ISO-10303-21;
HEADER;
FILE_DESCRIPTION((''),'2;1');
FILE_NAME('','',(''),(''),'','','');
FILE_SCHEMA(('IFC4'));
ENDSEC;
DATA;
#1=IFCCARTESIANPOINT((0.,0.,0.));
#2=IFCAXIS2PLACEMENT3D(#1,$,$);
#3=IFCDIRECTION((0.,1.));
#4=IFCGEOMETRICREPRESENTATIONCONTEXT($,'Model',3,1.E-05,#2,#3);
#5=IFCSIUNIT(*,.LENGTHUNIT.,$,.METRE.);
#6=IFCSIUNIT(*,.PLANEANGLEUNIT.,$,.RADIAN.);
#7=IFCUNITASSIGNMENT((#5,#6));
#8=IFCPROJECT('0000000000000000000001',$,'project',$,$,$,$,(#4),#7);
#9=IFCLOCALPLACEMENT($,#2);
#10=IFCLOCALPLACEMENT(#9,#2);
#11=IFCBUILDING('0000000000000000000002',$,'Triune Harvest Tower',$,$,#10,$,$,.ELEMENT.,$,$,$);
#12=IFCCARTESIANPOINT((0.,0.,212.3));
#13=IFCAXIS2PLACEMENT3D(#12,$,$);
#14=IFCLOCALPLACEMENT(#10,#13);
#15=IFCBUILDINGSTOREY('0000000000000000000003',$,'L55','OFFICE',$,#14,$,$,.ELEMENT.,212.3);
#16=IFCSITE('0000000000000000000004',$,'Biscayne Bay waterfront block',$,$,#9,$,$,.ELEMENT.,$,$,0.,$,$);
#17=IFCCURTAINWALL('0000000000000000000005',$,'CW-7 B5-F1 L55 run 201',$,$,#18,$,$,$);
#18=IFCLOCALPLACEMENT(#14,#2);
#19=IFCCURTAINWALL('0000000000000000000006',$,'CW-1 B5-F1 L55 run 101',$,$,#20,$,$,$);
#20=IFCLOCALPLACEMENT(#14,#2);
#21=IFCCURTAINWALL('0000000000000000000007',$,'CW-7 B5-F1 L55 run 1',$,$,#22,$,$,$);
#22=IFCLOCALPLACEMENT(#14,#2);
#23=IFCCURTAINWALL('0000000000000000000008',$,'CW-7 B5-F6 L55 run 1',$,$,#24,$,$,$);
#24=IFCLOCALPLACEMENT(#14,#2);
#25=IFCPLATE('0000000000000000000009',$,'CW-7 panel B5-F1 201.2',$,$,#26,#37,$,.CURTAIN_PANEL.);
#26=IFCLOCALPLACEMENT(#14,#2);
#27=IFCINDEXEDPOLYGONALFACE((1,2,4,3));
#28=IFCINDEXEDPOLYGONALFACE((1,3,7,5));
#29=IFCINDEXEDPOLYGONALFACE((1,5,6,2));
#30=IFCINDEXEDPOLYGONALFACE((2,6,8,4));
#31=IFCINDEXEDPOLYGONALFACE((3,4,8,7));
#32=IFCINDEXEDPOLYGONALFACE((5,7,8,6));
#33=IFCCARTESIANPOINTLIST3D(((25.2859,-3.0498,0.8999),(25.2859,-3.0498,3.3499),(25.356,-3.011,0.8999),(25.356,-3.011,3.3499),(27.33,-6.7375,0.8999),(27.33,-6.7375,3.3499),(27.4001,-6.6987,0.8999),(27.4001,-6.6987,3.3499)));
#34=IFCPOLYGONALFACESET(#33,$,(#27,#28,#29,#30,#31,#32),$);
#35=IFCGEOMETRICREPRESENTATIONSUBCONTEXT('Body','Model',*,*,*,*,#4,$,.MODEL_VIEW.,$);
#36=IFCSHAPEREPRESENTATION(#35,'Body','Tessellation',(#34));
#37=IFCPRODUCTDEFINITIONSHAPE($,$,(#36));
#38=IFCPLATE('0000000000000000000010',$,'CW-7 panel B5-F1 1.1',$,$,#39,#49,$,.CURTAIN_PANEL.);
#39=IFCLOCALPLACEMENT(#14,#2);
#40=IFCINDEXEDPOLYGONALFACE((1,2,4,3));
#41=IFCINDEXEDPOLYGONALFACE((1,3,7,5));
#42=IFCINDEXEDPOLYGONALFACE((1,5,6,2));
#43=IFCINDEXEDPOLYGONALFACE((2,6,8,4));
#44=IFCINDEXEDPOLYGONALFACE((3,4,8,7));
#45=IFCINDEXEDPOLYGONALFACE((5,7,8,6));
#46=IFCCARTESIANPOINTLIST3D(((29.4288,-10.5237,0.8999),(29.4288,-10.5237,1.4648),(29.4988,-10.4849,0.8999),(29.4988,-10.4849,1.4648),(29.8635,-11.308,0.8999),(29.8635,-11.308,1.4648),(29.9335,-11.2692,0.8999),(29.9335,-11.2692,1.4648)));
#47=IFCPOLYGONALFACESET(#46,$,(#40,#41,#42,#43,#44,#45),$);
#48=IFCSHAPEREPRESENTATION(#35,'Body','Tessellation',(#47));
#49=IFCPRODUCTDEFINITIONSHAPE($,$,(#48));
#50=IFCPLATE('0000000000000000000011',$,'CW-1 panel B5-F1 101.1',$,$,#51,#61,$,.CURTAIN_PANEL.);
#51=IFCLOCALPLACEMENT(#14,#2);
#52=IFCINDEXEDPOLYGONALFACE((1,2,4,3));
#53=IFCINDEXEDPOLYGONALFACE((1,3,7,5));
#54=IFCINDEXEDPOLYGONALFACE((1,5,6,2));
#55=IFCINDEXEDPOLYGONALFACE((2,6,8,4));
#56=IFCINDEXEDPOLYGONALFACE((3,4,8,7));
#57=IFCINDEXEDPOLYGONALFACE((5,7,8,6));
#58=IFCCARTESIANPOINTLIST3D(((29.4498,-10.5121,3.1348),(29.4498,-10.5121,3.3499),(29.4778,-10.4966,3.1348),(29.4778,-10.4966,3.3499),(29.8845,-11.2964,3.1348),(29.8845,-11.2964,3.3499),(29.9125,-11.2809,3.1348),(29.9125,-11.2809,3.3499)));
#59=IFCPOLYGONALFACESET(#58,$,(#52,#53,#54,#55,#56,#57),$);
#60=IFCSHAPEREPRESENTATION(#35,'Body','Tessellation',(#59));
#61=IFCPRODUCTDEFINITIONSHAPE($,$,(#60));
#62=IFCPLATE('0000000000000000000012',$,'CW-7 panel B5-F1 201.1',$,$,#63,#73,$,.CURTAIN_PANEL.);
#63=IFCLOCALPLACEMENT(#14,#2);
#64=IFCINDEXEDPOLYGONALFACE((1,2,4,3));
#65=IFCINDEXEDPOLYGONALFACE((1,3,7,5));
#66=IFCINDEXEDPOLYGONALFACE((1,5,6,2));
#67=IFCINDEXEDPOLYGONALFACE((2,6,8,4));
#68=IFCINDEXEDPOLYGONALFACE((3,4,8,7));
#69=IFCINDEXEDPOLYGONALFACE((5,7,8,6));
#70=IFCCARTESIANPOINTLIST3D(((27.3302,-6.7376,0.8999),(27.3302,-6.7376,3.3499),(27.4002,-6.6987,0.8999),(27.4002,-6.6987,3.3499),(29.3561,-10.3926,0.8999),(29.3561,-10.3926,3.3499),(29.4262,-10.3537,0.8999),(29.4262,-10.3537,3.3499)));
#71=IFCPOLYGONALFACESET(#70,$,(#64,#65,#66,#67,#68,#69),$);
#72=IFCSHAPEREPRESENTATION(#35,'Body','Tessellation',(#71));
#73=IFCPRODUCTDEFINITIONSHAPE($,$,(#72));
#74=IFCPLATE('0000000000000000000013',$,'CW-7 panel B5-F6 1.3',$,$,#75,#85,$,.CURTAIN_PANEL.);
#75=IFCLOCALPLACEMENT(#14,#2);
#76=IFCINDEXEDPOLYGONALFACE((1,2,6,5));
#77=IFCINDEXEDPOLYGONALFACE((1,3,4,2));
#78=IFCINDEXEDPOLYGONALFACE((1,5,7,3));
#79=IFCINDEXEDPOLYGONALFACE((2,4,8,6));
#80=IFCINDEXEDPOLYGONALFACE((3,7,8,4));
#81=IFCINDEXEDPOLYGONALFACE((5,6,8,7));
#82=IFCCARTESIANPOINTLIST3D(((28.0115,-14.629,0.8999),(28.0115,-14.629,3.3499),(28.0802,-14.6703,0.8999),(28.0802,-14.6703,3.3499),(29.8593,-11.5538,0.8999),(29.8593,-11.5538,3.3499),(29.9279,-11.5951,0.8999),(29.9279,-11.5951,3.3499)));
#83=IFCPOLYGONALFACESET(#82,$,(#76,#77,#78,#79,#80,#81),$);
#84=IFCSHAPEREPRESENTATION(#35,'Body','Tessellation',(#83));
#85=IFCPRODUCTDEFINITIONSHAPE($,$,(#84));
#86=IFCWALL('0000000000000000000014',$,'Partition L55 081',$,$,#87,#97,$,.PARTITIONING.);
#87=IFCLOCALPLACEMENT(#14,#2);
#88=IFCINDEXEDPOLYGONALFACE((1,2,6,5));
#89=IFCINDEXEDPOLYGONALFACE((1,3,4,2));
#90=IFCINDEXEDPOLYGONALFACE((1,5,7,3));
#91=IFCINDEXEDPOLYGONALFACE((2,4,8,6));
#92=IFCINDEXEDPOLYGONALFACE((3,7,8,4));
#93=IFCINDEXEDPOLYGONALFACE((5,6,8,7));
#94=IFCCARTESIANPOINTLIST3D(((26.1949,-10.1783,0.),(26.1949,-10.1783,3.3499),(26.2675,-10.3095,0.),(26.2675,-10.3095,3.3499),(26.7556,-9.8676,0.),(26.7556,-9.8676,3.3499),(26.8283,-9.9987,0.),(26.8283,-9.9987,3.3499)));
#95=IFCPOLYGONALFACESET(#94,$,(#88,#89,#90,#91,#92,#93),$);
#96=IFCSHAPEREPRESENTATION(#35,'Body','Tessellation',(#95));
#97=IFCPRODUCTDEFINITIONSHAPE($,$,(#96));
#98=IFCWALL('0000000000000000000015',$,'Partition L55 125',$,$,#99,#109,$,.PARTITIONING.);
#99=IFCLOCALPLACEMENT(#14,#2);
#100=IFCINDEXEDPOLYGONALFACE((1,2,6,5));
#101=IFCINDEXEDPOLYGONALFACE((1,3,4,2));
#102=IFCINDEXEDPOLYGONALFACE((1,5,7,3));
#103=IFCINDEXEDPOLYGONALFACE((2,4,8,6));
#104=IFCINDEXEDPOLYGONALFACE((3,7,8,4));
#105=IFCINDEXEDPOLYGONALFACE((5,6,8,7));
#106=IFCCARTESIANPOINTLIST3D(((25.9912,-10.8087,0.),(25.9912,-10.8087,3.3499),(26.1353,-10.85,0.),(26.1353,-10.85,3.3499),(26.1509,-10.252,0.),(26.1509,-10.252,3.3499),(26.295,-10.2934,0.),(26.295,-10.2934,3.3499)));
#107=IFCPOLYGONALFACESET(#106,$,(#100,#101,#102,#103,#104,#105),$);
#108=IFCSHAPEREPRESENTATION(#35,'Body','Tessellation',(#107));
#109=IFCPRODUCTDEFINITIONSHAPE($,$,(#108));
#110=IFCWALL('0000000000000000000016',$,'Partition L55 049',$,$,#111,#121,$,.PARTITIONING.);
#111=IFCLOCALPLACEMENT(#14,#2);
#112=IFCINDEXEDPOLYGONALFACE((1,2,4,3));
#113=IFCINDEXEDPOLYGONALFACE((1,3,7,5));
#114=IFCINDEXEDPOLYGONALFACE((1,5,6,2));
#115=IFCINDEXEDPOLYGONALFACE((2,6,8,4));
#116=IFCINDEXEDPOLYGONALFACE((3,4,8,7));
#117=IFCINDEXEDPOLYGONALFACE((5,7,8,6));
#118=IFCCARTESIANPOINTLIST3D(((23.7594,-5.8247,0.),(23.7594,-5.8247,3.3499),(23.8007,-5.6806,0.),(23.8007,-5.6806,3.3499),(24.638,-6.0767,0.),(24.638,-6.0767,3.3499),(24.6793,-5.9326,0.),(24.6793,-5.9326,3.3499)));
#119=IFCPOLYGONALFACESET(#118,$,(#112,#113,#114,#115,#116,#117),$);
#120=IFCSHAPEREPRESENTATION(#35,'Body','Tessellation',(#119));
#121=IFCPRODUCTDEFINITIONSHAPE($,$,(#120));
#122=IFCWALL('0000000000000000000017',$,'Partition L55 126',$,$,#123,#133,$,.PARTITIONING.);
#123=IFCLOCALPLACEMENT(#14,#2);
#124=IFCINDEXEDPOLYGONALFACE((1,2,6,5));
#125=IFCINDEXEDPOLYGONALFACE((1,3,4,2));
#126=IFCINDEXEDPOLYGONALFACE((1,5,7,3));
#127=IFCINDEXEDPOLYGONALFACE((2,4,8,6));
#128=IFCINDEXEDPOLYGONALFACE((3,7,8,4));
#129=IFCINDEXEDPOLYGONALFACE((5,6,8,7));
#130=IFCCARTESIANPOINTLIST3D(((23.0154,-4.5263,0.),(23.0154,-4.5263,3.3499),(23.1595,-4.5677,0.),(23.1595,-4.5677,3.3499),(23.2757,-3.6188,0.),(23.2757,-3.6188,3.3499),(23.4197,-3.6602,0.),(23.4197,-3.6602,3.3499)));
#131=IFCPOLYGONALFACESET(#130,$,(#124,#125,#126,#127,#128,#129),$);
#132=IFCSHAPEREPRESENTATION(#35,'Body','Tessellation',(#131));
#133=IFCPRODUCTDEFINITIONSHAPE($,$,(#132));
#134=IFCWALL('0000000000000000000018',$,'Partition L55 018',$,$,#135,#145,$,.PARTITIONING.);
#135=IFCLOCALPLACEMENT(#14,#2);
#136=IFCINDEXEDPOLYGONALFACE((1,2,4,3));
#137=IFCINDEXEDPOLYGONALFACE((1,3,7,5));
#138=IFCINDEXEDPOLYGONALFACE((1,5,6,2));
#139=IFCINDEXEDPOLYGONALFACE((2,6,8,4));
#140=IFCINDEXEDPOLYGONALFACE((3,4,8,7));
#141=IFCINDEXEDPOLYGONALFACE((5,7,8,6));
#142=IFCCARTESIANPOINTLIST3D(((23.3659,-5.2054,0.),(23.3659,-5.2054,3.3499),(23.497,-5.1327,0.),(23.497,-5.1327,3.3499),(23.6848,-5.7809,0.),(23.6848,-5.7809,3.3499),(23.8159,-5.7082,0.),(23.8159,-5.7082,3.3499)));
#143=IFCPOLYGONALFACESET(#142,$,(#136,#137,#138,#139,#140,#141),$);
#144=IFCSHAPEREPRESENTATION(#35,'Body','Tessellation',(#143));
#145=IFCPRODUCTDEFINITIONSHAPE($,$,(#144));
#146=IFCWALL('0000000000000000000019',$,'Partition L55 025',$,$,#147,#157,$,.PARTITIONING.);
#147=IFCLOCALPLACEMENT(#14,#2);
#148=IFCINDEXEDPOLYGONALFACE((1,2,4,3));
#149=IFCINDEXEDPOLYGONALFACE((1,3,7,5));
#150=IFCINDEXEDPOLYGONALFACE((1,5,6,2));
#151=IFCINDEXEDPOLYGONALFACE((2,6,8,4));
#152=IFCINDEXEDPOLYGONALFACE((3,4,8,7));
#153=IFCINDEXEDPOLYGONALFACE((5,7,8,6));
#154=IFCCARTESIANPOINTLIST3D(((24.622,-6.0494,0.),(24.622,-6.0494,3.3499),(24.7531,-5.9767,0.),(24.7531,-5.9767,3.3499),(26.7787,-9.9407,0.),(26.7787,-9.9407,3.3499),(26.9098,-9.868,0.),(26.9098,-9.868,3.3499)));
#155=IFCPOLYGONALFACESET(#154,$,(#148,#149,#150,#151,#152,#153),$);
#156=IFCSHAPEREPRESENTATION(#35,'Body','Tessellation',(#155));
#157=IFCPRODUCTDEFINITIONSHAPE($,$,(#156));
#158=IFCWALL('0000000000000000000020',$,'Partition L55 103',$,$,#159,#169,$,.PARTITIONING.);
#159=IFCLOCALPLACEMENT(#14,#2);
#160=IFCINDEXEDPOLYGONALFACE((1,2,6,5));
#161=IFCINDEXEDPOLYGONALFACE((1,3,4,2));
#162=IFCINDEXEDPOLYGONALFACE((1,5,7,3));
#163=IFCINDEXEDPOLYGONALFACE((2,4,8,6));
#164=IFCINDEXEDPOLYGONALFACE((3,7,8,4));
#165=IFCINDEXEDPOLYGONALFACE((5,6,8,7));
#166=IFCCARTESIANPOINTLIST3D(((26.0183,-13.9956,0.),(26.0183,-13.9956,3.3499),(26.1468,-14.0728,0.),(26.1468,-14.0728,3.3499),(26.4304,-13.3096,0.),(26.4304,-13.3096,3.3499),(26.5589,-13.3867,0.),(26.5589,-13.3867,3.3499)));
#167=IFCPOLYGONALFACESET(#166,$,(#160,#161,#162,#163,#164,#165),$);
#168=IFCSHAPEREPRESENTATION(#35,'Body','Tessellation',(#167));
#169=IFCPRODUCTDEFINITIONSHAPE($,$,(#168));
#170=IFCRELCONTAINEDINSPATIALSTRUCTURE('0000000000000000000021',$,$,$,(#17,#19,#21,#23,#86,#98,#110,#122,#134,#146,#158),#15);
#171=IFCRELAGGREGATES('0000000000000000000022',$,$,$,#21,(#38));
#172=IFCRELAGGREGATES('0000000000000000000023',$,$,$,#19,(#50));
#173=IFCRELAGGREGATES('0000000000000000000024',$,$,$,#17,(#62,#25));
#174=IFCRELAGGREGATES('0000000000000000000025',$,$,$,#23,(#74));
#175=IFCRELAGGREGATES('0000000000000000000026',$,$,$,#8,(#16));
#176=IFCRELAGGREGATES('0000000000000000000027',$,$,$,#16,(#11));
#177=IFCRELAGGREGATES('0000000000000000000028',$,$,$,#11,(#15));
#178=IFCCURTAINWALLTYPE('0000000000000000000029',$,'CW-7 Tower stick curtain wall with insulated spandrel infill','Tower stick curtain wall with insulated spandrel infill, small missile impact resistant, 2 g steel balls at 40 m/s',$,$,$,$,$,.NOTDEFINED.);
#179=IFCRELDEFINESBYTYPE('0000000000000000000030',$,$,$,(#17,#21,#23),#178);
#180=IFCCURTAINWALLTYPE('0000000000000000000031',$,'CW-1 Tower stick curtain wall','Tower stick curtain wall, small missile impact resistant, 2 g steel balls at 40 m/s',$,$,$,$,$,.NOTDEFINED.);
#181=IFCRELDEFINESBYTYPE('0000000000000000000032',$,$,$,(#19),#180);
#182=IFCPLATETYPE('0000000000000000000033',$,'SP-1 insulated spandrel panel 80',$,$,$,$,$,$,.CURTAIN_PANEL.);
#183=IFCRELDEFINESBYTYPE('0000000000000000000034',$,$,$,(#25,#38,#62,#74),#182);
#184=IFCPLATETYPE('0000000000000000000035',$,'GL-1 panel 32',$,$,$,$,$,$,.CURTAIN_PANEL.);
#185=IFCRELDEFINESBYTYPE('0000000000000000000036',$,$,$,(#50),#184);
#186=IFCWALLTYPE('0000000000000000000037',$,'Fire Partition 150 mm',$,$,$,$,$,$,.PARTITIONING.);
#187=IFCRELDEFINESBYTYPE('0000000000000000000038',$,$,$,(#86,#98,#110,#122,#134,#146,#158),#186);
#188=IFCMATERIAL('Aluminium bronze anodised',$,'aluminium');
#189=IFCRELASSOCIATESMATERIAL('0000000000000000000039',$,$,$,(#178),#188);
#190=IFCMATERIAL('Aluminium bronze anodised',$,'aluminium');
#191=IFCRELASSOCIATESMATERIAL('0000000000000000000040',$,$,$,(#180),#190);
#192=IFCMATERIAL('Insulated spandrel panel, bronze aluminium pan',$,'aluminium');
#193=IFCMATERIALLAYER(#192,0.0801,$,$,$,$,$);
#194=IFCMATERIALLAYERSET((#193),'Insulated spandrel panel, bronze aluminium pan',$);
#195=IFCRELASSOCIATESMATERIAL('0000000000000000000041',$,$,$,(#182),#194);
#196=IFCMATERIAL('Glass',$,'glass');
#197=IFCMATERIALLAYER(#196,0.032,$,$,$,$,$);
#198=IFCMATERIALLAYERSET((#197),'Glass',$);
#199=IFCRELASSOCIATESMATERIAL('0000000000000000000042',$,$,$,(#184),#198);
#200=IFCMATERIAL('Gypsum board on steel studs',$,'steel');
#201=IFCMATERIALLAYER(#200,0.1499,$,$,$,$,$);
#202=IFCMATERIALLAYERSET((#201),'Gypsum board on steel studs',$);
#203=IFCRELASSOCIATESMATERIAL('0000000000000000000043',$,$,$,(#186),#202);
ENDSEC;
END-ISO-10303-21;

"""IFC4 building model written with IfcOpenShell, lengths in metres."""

from ifc_helpers import new_model, si_unit, direction, frame, frame_2d, origin, origin_2d, place, context, subcontext, project, spatial, rectangle, extrude, source, transform, mapped, material, layer, layer_set, type_object, element, aggregate, save


model = new_model("IFC4")

# Units and contexts
model_context = context("Model", 3, precision=1e-05, world=origin(), true_north=direction((0.0, 1.0)))
body_context = subcontext(model_context, "Body", "Model", "MODEL_VIEW")
ifc_project = project(units=[si_unit("LENGTHUNIT", "METRE"), si_unit("PLANEANGLEUNIT", "RADIAN")], contexts=[model_context])

# Site, building, storey
site_placement = place(None, origin())
site = spatial("IfcSite", under=ifc_project, at=site_placement, Name="Biscayne Bay waterfront block", CompositionType="ELEMENT", RefElevation=0.0)
building_placement = place(site_placement, origin())
building = spatial("IfcBuilding", under=site, at=building_placement, Name="Triune Harvest Tower", CompositionType="ELEMENT")
storey_placement = place(building_placement, frame((0.0, 0.0, 212.3)))
storey = spatial("IfcBuildingStorey", under=building, at=storey_placement, Name="L55", Description="OFFICE", CompositionType="ELEMENT", Elevation=212.3)

# Curtain wall
ifc_material_1 = material(Name="Aluminium bronze anodised", Category="aluminium")
curtain_wall_type_1 = type_object("IfcCurtainWallType", Name="CW-7 Tower stick curtain wall with insulated spandrel infill", Description="Tower stick curtain wall with insulated spandrel infill, small missile impact resistant, 2 g steel balls at 40 m/s", PredefinedType="NOTDEFINED", material=ifc_material_1)
curtain_wall_1_placement = place(storey_placement, origin())
curtain_wall_1 = element("IfcCurtainWall", 1, at=curtain_wall_1_placement, inside=storey, type_object=curtain_wall_type_1, Name="CW-7 B5-F1 L55 run 201")

# Curtain wall
ifc_material_2 = material(Name="Aluminium bronze anodised", Category="aluminium")
curtain_wall_type_2 = type_object("IfcCurtainWallType", Name="CW-1 Tower stick curtain wall", Description="Tower stick curtain wall, small missile impact resistant, 2 g steel balls at 40 m/s", PredefinedType="NOTDEFINED", material=ifc_material_2)
curtain_wall_2_placement = place(storey_placement, origin())
curtain_wall_2 = element("IfcCurtainWall", 2, at=curtain_wall_2_placement, inside=storey, type_object=curtain_wall_type_2, Name="CW-1 B5-F1 L55 run 101")

# Curtain wall
curtain_wall_3_placement = place(storey_placement, origin())
curtain_wall_3 = element("IfcCurtainWall", 3, at=curtain_wall_3_placement, inside=storey, type_object=curtain_wall_type_1, Name="CW-7 B5-F1 L55 run 1")

# Curtain wall
curtain_wall_4_placement = place(storey_placement, origin())
curtain_wall_4 = element("IfcCurtainWall", 4, at=curtain_wall_4_placement, inside=storey, type_object=curtain_wall_type_1, Name="CW-7 B5-F6 L55 run 1")

# Plates
ifc_material_3 = material(Name="Insulated spandrel panel, bronze aluminium pan", Category="aluminium")
ifc_layer_1 = layer(ifc_material_3, 0.0801)
ifc_layer_set_1 = layer_set([ifc_layer_1], Name="Insulated spandrel panel, bronze aluminium pan")
plate_type_1 = type_object("IfcPlateType", Name="SP-1 insulated spandrel panel 80", PredefinedType="CURTAIN_PANEL", material=ifc_layer_set_1)
plate_1_placement = place(storey_placement, frame((26.343, -4.8743, 0.8999), z_axis=(0.0, 0.0, 1.0), x_axis=(-0.484808, 0.874621, 0.0)))
plate_1 = element("IfcPlate", 5, at=plate_1_placement, type_object=plate_type_1, Name="CW-7 panel B5-F1 201.2", PredefinedType="CURTAIN_PANEL", context=body_context, shape_type="SweptSolid", body=[
    extrude(rectangle(XDim=4.2163, YDim=0.0801, at=origin_2d()), origin(), (0.0, 0.0, 1.0), 2.45),
])
shared_shape_1 = source(origin(), body_context, "Body", "SweptSolid", [
    extrude(rectangle(XDim=0.8967, YDim=0.0801, at=origin_2d()), origin(), (0.0, 0.0, 1.0), 0.5649),
])
plate_2_placement = place(storey_placement, frame((29.6812, -10.8965, 0.8999), z_axis=(0.0, 0.0, 1.0), x_axis=(-0.484791, 0.87463, 0.0)))
plate_2 = element("IfcPlate", 6, at=plate_2_placement, type_object=plate_type_1, Name="CW-7 panel B5-F1 1.1", PredefinedType="CURTAIN_PANEL", context=body_context, shape_type="MappedRepresentation", body=[
    mapped(shared_shape_1, transform((0.0, 0.0, 0.0), scale=1.0)),
])
aggregate(curtain_wall_3, [plate_2])
ifc_material_4 = material(Name="Glass", Category="glass")
ifc_layer_2 = layer(ifc_material_4, 0.032)
ifc_layer_set_2 = layer_set([ifc_layer_2], Name="Glass")
plate_type_2 = type_object("IfcPlateType", Name="GL-1 panel 32", PredefinedType="CURTAIN_PANEL", material=ifc_layer_set_2)
shared_shape_2 = source(origin(), body_context, "Body", "SweptSolid", [
    extrude(rectangle(XDim=0.8967, YDim=0.032, at=origin_2d()), origin(), (0.0, 0.0, 1.0), 0.2151),
])
plate_3_placement = place(storey_placement, frame((29.6812, -10.8965, 3.1348), z_axis=(0.0, 0.0, 1.0), x_axis=(-0.484791, 0.87463, 0.0)))
plate_3 = element("IfcPlate", 7, at=plate_3_placement, type_object=plate_type_2, Name="CW-1 panel B5-F1 101.1", PredefinedType="CURTAIN_PANEL", context=body_context, shape_type="MappedRepresentation", body=[
    mapped(shared_shape_2, transform((0.0, 0.0, 0.0), scale=1.0)),
])
aggregate(curtain_wall_2, [plate_3])
shared_shape_3 = source(origin(), body_context, "Body", "SweptSolid", [
    extrude(rectangle(XDim=4.179, YDim=0.0801, at=origin_2d()), origin(), (0.0, 0.0, 1.0), 2.45),
])
plate_4_placement = place(storey_placement, frame((28.3782, -8.5457, 0.8999), z_axis=(0.0, 0.0, 1.0), x_axis=(-0.484808, 0.874621, 0.0)))
plate_4 = element("IfcPlate", 8, at=plate_4_placement, type_object=plate_type_1, Name="CW-7 panel B5-F1 201.1", PredefinedType="CURTAIN_PANEL", context=body_context, shape_type="MappedRepresentation", body=[
    mapped(shared_shape_3, transform((0.0, 0.0, 0.0), scale=1.0)),
])
aggregate(curtain_wall_1, [plate_4, plate_1])
shared_shape_4 = source(origin(), body_context, "Body", "SweptSolid", [
    extrude(rectangle(XDim=3.5876, YDim=0.0801, at=origin_2d()), origin(), (0.0, 0.0, 1.0), 2.45),
])
plate_5_placement = place(storey_placement, frame((28.9697, -13.1121, 0.8999), z_axis=(0.0, 0.0, 1.0), x_axis=(0.515037, 0.857168, 0.0)))
plate_5 = element("IfcPlate", 9, at=plate_5_placement, type_object=plate_type_1, Name="CW-7 panel B5-F6 1.3", PredefinedType="CURTAIN_PANEL", context=body_context, shape_type="MappedRepresentation", body=[
    mapped(shared_shape_4, transform((0.0, 0.0, 0.0), scale=1.0)),
])
aggregate(curtain_wall_4, [plate_5])

# Walls
ifc_material_5 = material(Name="Gypsum board on steel studs", Category="steel")
ifc_layer_3 = layer(ifc_material_5, 0.1499)
ifc_layer_set_3 = layer_set([ifc_layer_3], Name="Gypsum board on steel studs")
wall_type = type_object("IfcWallType", Name="Fire Partition 150 mm", PredefinedType="PARTITIONING", material=ifc_layer_set_3)
wall_1_placement = place(storey_placement, frame((26.2312, -10.2439, 0.0), z_axis=(0.0, 0.0, 1.0), x_axis=(0.87466, 0.484737, 0.0)))
element("IfcWall", 10, at=wall_1_placement, inside=storey, type_object=wall_type, Name="Partition L55 081", PredefinedType="PARTITIONING", context=body_context, shape_type="SweptSolid", body=[
    extrude(rectangle(XDim=0.6411, YDim=0.1499, at=frame_2d((0.3206, 0.0))), origin(), (0.0, 0.0, 1.0), 3.3499),
])
wall_2_placement = place(storey_placement, frame((26.0632, -10.8293, 0.0), z_axis=(0.0, 0.0, 1.0), x_axis=(0.275723, 0.961237, 0.0)))
element("IfcWall", 11, at=wall_2_placement, inside=storey, type_object=wall_type, Name="Partition L55 125", PredefinedType="PARTITIONING", context=body_context, shape_type="SweptSolid", body=[
    extrude(rectangle(XDim=0.5791, YDim=0.1499, at=frame_2d((0.2896, 0.0))), origin(), (0.0, 0.0, 1.0), 3.3499),
])
shared_shape_5 = source(origin(), body_context, "Body", "SweptSolid", [
    extrude(rectangle(XDim=0.9141, YDim=0.1499, at=frame_2d((0.457, 0.0))), origin(), (0.0, 0.0, 1.0), 3.3499),
])
wall_3_placement = place(storey_placement, frame((23.78, -5.7527, 0.0), z_axis=(0.0, 0.0, 1.0), x_axis=(0.961261, -0.275638, 0.0)))
element("IfcWall", 12, at=wall_3_placement, inside=storey, type_object=wall_type, Name="Partition L55 049", PredefinedType="PARTITIONING", context=body_context, shape_type="MappedRepresentation", body=[
    mapped(shared_shape_5, transform((0.0, 0.0, 0.0), scale=1.0)),
])
shared_shape_6 = source(origin(), body_context, "Body", "SweptSolid", [
    extrude(rectangle(XDim=0.9441, YDim=0.1499, at=frame_2d((0.4722, 0.0))), origin(), (0.0, 0.0, 1.0), 3.3499),
])
wall_4_placement = place(storey_placement, frame((23.0874, -4.5471, 0.0), z_axis=(0.0, 0.0, 1.0), x_axis=(0.275677, 0.96125, 0.0)))
element("IfcWall", 13, at=wall_4_placement, inside=storey, type_object=wall_type, Name="Partition L55 126", PredefinedType="PARTITIONING", context=body_context, shape_type="MappedRepresentation", body=[
    mapped(shared_shape_6, transform((0.0, 0.0, 0.0), scale=1.0)),
])
shared_shape_7 = source(origin(), body_context, "Body", "SweptSolid", [
    extrude(rectangle(XDim=0.658, YDim=0.1499, at=frame_2d((0.3291, 0.0))), origin(), (0.0, 0.0, 1.0), 3.3499),
])
wall_5_placement = place(storey_placement, frame((23.4314, -5.1689, 0.0), z_axis=(0.0, 0.0, 1.0), x_axis=(0.484666, -0.874699, 0.0)))
element("IfcWall", 14, at=wall_5_placement, inside=storey, type_object=wall_type, Name="Partition L55 018", PredefinedType="PARTITIONING", context=body_context, shape_type="MappedRepresentation", body=[
    mapped(shared_shape_7, transform((0.0, 0.0, 0.0), scale=1.0)),
])
shared_shape_8 = source(origin(), body_context, "Body", "SweptSolid", [
    extrude(rectangle(XDim=4.449, YDim=0.1499, at=frame_2d((2.2246, 0.0))), origin(), (0.0, 0.0, 1.0), 3.3499),
])
wall_6_placement = place(storey_placement, frame((24.6875, -6.0129, 0.0), z_axis=(0.0, 0.0, 1.0), x_axis=(0.484762, -0.874646, 0.0)))
element("IfcWall", 15, at=wall_6_placement, inside=storey, type_object=wall_type, Name="Partition L55 025", PredefinedType="PARTITIONING", context=body_context, shape_type="MappedRepresentation", body=[
    mapped(shared_shape_8, transform((0.0, 0.0, 0.0), scale=1.0)),
])
shared_shape_9 = source(origin(), body_context, "Body", "SweptSolid", [
    extrude(rectangle(XDim=0.8003, YDim=0.1499, at=frame_2d((0.4001, 0.0))), origin(), (0.0, 0.0, 1.0), 3.3499),
])
wall_7_placement = place(storey_placement, frame((26.0825, -14.0342, 0.0), z_axis=(0.0, 0.0, 1.0), x_axis=(0.514944, 0.857224, 0.0)))
element("IfcWall", 16, at=wall_7_placement, inside=storey, type_object=wall_type, Name="Partition L55 103", PredefinedType="PARTITIONING", context=body_context, shape_type="MappedRepresentation", body=[
    mapped(shared_shape_9, transform((0.0, 0.0, 0.0), scale=1.0)),
])

save(model, "model.ifc")
